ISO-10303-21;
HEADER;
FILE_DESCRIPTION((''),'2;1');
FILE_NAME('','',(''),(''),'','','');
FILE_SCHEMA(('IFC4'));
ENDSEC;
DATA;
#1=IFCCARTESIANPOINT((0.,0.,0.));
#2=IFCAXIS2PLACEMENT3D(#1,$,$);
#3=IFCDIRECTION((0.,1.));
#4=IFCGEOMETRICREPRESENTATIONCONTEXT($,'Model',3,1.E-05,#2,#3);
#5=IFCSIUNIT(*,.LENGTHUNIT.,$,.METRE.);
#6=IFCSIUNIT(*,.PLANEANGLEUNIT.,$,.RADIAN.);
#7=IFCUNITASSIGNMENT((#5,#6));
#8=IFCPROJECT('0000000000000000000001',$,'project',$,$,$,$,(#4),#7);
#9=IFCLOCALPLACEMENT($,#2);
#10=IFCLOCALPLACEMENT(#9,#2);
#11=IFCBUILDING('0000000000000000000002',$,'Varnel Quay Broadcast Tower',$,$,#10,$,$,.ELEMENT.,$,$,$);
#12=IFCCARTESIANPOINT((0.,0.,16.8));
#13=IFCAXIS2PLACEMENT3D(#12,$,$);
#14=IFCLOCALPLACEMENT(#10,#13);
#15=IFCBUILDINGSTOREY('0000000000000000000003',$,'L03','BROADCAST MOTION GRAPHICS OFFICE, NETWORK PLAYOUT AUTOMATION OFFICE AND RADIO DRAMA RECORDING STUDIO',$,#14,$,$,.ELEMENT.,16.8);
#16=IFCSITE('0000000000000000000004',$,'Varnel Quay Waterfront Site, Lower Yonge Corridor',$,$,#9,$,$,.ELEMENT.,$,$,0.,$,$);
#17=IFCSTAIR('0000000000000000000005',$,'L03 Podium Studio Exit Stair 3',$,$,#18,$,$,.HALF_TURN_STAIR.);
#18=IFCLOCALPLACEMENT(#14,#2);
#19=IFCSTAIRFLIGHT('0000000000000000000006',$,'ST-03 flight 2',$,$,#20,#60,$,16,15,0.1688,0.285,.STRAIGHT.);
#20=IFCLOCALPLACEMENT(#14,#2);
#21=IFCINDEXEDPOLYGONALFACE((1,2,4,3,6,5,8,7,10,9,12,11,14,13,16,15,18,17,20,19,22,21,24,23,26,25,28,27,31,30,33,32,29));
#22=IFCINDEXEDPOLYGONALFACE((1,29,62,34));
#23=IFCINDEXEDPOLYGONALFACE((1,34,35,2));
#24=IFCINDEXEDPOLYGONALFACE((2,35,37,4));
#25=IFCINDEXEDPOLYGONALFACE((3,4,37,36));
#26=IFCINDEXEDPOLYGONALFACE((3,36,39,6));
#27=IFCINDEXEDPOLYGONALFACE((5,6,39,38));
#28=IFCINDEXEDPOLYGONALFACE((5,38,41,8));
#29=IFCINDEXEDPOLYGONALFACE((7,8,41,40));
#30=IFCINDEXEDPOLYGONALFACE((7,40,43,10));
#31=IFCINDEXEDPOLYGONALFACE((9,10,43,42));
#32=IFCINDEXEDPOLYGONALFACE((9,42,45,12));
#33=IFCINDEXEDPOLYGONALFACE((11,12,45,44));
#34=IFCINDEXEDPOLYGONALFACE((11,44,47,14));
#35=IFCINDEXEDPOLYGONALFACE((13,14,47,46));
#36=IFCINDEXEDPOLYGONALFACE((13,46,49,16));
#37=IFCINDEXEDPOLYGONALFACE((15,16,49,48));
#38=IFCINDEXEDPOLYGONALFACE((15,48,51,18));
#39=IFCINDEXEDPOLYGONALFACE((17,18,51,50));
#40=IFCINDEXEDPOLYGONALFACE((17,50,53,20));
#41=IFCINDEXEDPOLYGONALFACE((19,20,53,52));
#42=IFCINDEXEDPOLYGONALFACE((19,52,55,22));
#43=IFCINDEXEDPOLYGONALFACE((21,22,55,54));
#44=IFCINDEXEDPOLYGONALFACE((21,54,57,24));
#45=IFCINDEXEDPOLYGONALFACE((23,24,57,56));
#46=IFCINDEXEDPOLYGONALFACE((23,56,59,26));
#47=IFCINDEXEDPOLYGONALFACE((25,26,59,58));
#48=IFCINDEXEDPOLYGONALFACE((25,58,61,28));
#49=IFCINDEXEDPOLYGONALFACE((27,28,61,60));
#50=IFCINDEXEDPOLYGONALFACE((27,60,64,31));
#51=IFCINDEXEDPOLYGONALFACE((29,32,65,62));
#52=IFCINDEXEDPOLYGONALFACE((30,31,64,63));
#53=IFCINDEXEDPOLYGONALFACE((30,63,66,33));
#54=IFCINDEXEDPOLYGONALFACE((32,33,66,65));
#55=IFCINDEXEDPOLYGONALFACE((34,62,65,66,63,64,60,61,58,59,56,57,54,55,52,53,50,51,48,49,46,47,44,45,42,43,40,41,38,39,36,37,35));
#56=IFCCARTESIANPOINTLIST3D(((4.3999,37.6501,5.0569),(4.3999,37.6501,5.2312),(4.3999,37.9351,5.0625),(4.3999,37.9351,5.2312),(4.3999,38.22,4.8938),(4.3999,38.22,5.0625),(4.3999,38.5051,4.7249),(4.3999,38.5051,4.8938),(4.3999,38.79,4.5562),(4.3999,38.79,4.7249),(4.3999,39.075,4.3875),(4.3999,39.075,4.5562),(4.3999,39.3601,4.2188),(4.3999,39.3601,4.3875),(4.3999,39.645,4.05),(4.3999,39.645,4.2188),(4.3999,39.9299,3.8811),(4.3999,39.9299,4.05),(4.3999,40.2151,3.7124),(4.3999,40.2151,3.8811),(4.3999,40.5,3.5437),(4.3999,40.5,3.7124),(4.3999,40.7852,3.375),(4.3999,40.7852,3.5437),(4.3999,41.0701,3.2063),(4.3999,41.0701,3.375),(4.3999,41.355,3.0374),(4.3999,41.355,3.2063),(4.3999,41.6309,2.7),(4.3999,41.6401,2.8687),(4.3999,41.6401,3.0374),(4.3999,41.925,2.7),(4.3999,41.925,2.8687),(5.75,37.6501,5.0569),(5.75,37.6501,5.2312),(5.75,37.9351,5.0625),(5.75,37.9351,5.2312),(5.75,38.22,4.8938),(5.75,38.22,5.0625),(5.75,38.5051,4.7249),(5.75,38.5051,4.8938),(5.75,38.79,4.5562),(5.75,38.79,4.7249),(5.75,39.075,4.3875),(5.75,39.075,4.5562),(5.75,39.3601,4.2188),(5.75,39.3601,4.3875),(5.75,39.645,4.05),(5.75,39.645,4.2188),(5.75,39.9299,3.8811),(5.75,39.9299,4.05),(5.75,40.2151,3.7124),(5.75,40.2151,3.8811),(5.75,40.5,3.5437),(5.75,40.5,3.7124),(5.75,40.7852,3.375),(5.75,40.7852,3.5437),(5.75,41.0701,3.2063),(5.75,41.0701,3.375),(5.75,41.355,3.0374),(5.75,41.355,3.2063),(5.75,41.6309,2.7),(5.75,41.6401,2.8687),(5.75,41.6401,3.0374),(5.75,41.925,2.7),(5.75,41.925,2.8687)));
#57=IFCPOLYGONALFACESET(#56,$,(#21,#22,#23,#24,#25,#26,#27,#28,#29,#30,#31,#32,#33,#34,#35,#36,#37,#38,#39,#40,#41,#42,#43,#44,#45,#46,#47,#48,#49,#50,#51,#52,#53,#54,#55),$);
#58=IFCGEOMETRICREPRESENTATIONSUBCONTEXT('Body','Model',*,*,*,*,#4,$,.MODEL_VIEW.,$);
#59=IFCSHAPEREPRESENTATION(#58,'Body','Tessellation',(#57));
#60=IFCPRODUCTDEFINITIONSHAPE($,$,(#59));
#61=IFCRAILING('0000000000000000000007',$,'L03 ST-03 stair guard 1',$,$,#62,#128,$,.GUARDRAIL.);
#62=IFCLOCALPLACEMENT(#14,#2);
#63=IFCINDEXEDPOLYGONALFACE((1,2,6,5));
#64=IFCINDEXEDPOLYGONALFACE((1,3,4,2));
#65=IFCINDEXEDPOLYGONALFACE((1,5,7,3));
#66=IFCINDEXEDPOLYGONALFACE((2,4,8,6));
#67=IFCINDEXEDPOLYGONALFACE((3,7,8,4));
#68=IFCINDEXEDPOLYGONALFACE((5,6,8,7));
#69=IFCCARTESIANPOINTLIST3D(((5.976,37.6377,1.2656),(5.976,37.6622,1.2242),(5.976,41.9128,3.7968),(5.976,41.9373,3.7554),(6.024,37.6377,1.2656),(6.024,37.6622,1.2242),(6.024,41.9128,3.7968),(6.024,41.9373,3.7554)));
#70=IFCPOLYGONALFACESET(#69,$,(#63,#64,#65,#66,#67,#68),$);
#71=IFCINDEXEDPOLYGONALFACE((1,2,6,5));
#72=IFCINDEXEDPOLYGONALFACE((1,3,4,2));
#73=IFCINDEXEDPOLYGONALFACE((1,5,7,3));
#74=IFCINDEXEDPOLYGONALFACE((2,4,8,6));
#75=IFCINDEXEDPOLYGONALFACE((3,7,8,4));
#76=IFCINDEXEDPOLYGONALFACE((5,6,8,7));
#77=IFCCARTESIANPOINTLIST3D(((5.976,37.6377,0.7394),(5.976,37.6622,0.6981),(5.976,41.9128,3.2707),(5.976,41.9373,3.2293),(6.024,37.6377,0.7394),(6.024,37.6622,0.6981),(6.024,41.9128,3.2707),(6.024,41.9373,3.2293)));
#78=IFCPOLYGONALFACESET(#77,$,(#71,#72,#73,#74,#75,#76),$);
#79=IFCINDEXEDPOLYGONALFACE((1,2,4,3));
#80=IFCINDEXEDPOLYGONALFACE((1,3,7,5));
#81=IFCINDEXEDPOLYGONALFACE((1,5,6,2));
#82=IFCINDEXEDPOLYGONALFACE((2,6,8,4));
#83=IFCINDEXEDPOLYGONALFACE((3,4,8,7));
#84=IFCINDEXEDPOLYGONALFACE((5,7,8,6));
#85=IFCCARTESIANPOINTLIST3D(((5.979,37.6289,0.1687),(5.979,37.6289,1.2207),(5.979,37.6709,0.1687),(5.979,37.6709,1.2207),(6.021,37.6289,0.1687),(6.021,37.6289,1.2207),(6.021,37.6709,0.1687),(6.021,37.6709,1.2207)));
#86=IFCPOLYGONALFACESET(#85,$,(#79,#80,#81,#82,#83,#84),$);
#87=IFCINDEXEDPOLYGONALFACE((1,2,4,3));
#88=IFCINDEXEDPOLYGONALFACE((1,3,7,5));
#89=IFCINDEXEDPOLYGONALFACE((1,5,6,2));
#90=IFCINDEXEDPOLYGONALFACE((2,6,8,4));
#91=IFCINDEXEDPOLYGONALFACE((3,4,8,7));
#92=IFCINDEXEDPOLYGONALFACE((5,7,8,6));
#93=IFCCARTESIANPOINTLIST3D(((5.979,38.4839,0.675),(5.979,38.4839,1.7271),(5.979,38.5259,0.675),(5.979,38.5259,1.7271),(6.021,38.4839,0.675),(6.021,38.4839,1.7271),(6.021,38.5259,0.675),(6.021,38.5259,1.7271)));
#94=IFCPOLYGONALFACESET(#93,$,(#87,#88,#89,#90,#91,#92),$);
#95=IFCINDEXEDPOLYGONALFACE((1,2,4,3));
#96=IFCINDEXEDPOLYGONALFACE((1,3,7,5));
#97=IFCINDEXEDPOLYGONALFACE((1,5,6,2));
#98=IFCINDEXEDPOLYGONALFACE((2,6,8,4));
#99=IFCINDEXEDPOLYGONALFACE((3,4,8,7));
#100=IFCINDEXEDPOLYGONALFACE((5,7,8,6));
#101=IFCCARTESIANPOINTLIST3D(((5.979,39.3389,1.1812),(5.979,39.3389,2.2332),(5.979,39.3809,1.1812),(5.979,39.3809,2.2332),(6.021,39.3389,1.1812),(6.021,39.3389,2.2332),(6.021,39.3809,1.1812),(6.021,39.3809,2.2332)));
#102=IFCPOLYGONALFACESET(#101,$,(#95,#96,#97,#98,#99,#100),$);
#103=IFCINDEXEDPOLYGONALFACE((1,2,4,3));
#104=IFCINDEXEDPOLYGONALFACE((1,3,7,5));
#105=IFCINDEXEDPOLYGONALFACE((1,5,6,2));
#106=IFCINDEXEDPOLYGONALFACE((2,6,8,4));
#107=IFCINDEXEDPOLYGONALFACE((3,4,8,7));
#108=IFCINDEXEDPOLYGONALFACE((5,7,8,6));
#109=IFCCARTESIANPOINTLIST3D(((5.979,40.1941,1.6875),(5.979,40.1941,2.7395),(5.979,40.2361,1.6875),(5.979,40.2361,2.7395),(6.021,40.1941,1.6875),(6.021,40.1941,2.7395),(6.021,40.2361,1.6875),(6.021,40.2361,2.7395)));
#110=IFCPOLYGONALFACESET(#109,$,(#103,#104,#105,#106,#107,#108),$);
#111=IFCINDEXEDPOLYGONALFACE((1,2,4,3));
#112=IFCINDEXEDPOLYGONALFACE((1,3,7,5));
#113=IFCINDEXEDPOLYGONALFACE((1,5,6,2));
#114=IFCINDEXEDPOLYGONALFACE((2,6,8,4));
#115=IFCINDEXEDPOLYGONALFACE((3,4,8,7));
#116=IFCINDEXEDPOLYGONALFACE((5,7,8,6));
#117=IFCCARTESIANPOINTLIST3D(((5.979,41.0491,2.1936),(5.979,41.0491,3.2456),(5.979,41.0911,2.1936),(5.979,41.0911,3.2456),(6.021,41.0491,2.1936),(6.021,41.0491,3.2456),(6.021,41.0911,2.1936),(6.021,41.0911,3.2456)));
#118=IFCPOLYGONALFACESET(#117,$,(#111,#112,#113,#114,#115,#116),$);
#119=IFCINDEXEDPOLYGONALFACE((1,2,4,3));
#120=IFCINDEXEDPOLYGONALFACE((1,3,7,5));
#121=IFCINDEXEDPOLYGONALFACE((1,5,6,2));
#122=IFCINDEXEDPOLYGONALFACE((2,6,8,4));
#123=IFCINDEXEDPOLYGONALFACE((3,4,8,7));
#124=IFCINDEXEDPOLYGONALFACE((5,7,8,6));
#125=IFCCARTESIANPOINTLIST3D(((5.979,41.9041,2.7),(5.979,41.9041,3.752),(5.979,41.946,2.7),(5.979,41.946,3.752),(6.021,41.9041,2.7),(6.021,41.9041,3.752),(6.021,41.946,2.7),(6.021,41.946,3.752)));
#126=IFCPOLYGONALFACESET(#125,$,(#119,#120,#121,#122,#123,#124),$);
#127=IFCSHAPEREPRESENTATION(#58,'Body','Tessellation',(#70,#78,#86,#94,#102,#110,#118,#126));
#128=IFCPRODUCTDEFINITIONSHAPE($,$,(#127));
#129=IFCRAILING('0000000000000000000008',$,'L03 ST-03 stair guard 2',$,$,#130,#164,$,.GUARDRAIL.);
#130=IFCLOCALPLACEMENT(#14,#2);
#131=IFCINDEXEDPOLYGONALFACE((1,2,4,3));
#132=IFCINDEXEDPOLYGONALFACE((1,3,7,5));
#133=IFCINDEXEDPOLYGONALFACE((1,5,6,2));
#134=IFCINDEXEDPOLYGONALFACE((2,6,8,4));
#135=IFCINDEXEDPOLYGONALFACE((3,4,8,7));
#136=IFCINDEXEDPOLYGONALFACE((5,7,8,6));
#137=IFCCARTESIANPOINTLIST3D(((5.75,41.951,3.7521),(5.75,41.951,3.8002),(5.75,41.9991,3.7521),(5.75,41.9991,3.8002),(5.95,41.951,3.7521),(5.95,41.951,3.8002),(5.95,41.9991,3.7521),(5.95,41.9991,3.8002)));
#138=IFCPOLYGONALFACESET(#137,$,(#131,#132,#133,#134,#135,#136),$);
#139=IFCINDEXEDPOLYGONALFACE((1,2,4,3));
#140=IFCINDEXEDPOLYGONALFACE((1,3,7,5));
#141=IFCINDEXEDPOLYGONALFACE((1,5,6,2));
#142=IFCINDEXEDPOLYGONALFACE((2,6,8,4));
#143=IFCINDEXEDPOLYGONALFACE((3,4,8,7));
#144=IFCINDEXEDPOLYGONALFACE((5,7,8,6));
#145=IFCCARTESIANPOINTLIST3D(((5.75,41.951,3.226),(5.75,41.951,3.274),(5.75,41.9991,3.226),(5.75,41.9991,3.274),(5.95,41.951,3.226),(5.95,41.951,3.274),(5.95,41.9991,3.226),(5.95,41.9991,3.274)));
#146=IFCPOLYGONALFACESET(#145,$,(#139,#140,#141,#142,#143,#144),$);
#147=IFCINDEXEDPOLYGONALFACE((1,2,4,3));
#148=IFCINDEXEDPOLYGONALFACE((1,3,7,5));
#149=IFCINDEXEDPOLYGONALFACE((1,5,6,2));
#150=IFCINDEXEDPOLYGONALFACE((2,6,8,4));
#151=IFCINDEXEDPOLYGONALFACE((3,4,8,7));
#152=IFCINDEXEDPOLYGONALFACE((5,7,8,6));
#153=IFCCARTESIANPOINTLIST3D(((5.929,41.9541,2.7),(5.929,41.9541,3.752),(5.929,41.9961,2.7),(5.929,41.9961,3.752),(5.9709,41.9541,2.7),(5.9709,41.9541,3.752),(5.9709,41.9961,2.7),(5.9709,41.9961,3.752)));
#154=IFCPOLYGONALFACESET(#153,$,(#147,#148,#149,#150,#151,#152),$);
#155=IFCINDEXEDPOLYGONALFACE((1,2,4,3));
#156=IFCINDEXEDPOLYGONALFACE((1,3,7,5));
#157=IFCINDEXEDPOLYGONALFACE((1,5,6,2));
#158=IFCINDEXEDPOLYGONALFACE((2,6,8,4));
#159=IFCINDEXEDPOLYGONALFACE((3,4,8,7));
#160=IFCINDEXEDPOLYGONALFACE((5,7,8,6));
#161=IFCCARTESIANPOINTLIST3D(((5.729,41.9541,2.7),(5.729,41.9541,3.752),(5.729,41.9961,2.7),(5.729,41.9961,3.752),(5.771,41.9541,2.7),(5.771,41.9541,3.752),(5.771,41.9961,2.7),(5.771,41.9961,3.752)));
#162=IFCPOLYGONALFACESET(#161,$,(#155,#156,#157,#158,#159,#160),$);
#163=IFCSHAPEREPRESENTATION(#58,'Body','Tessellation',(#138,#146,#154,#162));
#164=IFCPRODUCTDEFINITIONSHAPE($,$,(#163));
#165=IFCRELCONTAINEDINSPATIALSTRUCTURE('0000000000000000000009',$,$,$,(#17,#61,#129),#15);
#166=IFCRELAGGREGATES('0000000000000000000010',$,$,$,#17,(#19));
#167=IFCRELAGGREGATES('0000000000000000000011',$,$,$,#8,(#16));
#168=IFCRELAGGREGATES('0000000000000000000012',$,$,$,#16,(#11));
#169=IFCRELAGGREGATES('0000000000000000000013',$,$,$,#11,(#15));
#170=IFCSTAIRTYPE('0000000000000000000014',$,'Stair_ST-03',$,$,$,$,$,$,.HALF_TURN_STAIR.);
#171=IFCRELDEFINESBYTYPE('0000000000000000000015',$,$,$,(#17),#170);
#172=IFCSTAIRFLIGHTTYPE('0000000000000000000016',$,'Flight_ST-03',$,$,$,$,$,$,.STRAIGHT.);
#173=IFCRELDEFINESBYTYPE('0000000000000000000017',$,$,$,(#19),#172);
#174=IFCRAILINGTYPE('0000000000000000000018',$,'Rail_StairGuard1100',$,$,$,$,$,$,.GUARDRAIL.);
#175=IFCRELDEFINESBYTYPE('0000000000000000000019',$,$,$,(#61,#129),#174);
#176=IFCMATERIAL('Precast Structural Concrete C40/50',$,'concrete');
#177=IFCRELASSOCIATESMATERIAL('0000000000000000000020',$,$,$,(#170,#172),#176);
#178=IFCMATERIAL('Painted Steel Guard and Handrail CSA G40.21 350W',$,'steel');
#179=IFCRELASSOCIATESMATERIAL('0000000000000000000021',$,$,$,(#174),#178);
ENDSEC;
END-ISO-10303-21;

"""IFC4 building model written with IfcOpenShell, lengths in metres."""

from ifc_helpers import new_model, si_unit, direction, frame, origin, origin_2d, place, context, subcontext, project, spatial, polyline, rectangle, outline, extrude, material, type_object, element, aggregate, save


model = new_model("IFC4")

# Units and contexts
model_context = context("Model", 3, precision=1e-05, world=origin(), true_north=direction((0.0, 1.0)))
body_context = subcontext(model_context, "Body", "Model", "MODEL_VIEW")
ifc_project = project(units=[si_unit("LENGTHUNIT", "METRE"), si_unit("PLANEANGLEUNIT", "RADIAN")], contexts=[model_context])

# Site, building, storey
site_placement = place(None, origin())
site = spatial("IfcSite", under=ifc_project, at=site_placement, Name="Varnel Quay Waterfront Site, Lower Yonge Corridor", CompositionType="ELEMENT", RefElevation=0.0)
building_placement = place(site_placement, origin())
building = spatial("IfcBuilding", under=site, at=building_placement, Name="Varnel Quay Broadcast Tower", CompositionType="ELEMENT")
storey_placement = place(building_placement, frame((0.0, 0.0, 16.8)))
storey = spatial("IfcBuildingStorey", under=building, at=storey_placement, Name="L03", Description="BROADCAST MOTION GRAPHICS OFFICE, NETWORK PLAYOUT AUTOMATION OFFICE AND RADIO DRAMA RECORDING STUDIO", CompositionType="ELEMENT", Elevation=16.8)

# Stair, stair flight
ifc_material_1 = material(Name="Precast Structural Concrete C40/50", Category="concrete")
stair_type = type_object("IfcStairType", Name="Stair_ST-03", PredefinedType="HALF_TURN_STAIR", material=ifc_material_1)
stair_placement = place(storey_placement, origin())
stair = element("IfcStair", 1, at=stair_placement, inside=storey, type_object=stair_type, Name="L03 Podium Studio Exit Stair 3", PredefinedType="HALF_TURN_STAIR")
stair_flight_type = type_object("IfcStairFlightType", Name="Flight_ST-03", PredefinedType="STRAIGHT", material=ifc_material_1)
stair_flight_1_placement = place(storey_placement, frame((5.075, 41.925, 2.7), z_axis=(0.0, 0.0, 1.0), x_axis=(0.0, -1.0, 0.0)))
stair_flight_1 = element("IfcStairFlight", 2, at=stair_flight_1_placement, type_object=stair_flight_type, Name="ST-03 flight 2", NumberOfRisers=16, NumberOfTreads=15, PredefinedType="STRAIGHT", RiserHeight=0.1688, TreadLength=0.285, context=body_context, shape_type="SweptSolid", body=[
    extrude(outline(polyline([(0.0, 0.0), (0.0, 0.1687), (0.2849, 0.1687), (0.2849, 0.3374), (0.5701, 0.3374), (0.5701, 0.5063), (0.855, 0.5063), (0.855, 0.675), (1.1399, 0.675), (1.1399, 0.8438), (1.425, 0.8438), (1.425, 1.0125), (1.71, 1.0125), (1.71, 1.1812), (1.9951, 1.1812), (1.9951, 1.3501), (2.28, 1.3501), (2.28, 1.5188), (2.5649, 1.5188), (2.5649, 1.6875), (2.8501, 1.6875), (2.8501, 1.8562), (3.135, 1.8562), (3.135, 2.0249), (3.4199, 2.0249), (3.4199, 2.1938), (3.7051, 2.1938), (3.7051, 2.3625), (3.99, 2.3625), (3.99, 2.5312), (4.2749, 2.5312), (4.2749, 2.7), (4.2749, 2.3569), (0.2942, 0.0), (0.0, 0.0)])), frame((0.0, 0.675, 0.0), z_axis=(0.0, -1.0, 0.0), x_axis=(1.0, 0.0, 0.0)), (0.0, 0.0, 1.0), 1.3501),
])
aggregate(stair, [stair_flight_1])

# Railings
ifc_material_2 = material(Name="Painted Steel Guard and Handrail CSA G40.21 350W", Category="steel")
railing_type_1 = type_object("IfcRailingType", Name="Rail_StairGuard1100", PredefinedType="GUARDRAIL", material=ifc_material_2)
railing_1_placement = place(storey_placement, frame((6.0, 37.6499, 0.1687)))
element("IfcRailing", 3, at=railing_1_placement, inside=storey, type_object=railing_type_1, Name="L03 ST-03 stair guard 1", PredefinedType="GUARDRAIL", context=body_context, shape_type="SweptSolid", body=[
    extrude(rectangle(XDim=0.0481, YDim=0.0481, at=origin_2d()), frame((0.0, 0.0, 1.0762), z_axis=(0.0, 0.860483, 0.509479), x_axis=(-1.0, 0.0, 0.0)), (0.0, 0.0, 1.0), 4.9683),
    extrude(rectangle(XDim=0.0481, YDim=0.0481, at=origin_2d()), frame((0.0, 0.0, 0.55), z_axis=(0.0, 0.860483, 0.509479), x_axis=(-1.0, 0.0, 0.0)), (0.0, 0.0, 1.0), 4.9683),
    extrude(rectangle(XDim=0.042, YDim=0.042, at=origin_2d()), origin(), (0.0, 0.0, 1.0), 1.052),
    extrude(rectangle(XDim=0.042, YDim=0.042, at=origin_2d()), frame((0.0, 0.855, 0.5063)), (0.0, 0.0, 1.0), 1.052),
    extrude(rectangle(XDim=0.042, YDim=0.042, at=origin_2d()), frame((0.0, 1.71, 1.0125)), (0.0, 0.0, 1.0), 1.052),
    extrude(rectangle(XDim=0.042, YDim=0.042, at=origin_2d()), frame((0.0, 2.5652, 1.5188)), (0.0, 0.0, 1.0), 1.052),
    extrude(rectangle(XDim=0.042, YDim=0.042, at=origin_2d()), frame((0.0, 3.4202, 2.0249)), (0.0, 0.0, 1.0), 1.052),
    extrude(rectangle(XDim=0.042, YDim=0.042, at=origin_2d()), frame((0.0, 4.2751, 2.5312)), (0.0, 0.0, 1.0), 1.052),
])
railing_2_placement = place(storey_placement, frame((5.95, 41.9751, 2.7)))
element("IfcRailing", 4, at=railing_2_placement, inside=storey, type_object=railing_type_1, Name="L03 ST-03 stair guard 2", PredefinedType="GUARDRAIL", context=body_context, shape_type="SweptSolid", body=[
    extrude(rectangle(XDim=0.0481, YDim=0.0481, at=origin_2d()), frame((0.0, 0.0, 1.0762), z_axis=(-1.0, 0.0, 0.0), x_axis=(0.0, -1.0, 0.0)), (0.0, 0.0, 1.0), 0.2),
    extrude(rectangle(XDim=0.0481, YDim=0.0481, at=origin_2d()), frame((0.0, 0.0, 0.55), z_axis=(-1.0, 0.0, 0.0), x_axis=(0.0, -1.0, 0.0)), (0.0, 0.0, 1.0), 0.2),
    extrude(rectangle(XDim=0.042, YDim=0.042, at=origin_2d()), origin(), (0.0, 0.0, 1.0), 1.052),
    extrude(rectangle(XDim=0.042, YDim=0.042, at=origin_2d()), frame((-0.2, 0.0, 0.0)), (0.0, 0.0, 1.0), 1.052),
])

save(model, "model.ifc")
